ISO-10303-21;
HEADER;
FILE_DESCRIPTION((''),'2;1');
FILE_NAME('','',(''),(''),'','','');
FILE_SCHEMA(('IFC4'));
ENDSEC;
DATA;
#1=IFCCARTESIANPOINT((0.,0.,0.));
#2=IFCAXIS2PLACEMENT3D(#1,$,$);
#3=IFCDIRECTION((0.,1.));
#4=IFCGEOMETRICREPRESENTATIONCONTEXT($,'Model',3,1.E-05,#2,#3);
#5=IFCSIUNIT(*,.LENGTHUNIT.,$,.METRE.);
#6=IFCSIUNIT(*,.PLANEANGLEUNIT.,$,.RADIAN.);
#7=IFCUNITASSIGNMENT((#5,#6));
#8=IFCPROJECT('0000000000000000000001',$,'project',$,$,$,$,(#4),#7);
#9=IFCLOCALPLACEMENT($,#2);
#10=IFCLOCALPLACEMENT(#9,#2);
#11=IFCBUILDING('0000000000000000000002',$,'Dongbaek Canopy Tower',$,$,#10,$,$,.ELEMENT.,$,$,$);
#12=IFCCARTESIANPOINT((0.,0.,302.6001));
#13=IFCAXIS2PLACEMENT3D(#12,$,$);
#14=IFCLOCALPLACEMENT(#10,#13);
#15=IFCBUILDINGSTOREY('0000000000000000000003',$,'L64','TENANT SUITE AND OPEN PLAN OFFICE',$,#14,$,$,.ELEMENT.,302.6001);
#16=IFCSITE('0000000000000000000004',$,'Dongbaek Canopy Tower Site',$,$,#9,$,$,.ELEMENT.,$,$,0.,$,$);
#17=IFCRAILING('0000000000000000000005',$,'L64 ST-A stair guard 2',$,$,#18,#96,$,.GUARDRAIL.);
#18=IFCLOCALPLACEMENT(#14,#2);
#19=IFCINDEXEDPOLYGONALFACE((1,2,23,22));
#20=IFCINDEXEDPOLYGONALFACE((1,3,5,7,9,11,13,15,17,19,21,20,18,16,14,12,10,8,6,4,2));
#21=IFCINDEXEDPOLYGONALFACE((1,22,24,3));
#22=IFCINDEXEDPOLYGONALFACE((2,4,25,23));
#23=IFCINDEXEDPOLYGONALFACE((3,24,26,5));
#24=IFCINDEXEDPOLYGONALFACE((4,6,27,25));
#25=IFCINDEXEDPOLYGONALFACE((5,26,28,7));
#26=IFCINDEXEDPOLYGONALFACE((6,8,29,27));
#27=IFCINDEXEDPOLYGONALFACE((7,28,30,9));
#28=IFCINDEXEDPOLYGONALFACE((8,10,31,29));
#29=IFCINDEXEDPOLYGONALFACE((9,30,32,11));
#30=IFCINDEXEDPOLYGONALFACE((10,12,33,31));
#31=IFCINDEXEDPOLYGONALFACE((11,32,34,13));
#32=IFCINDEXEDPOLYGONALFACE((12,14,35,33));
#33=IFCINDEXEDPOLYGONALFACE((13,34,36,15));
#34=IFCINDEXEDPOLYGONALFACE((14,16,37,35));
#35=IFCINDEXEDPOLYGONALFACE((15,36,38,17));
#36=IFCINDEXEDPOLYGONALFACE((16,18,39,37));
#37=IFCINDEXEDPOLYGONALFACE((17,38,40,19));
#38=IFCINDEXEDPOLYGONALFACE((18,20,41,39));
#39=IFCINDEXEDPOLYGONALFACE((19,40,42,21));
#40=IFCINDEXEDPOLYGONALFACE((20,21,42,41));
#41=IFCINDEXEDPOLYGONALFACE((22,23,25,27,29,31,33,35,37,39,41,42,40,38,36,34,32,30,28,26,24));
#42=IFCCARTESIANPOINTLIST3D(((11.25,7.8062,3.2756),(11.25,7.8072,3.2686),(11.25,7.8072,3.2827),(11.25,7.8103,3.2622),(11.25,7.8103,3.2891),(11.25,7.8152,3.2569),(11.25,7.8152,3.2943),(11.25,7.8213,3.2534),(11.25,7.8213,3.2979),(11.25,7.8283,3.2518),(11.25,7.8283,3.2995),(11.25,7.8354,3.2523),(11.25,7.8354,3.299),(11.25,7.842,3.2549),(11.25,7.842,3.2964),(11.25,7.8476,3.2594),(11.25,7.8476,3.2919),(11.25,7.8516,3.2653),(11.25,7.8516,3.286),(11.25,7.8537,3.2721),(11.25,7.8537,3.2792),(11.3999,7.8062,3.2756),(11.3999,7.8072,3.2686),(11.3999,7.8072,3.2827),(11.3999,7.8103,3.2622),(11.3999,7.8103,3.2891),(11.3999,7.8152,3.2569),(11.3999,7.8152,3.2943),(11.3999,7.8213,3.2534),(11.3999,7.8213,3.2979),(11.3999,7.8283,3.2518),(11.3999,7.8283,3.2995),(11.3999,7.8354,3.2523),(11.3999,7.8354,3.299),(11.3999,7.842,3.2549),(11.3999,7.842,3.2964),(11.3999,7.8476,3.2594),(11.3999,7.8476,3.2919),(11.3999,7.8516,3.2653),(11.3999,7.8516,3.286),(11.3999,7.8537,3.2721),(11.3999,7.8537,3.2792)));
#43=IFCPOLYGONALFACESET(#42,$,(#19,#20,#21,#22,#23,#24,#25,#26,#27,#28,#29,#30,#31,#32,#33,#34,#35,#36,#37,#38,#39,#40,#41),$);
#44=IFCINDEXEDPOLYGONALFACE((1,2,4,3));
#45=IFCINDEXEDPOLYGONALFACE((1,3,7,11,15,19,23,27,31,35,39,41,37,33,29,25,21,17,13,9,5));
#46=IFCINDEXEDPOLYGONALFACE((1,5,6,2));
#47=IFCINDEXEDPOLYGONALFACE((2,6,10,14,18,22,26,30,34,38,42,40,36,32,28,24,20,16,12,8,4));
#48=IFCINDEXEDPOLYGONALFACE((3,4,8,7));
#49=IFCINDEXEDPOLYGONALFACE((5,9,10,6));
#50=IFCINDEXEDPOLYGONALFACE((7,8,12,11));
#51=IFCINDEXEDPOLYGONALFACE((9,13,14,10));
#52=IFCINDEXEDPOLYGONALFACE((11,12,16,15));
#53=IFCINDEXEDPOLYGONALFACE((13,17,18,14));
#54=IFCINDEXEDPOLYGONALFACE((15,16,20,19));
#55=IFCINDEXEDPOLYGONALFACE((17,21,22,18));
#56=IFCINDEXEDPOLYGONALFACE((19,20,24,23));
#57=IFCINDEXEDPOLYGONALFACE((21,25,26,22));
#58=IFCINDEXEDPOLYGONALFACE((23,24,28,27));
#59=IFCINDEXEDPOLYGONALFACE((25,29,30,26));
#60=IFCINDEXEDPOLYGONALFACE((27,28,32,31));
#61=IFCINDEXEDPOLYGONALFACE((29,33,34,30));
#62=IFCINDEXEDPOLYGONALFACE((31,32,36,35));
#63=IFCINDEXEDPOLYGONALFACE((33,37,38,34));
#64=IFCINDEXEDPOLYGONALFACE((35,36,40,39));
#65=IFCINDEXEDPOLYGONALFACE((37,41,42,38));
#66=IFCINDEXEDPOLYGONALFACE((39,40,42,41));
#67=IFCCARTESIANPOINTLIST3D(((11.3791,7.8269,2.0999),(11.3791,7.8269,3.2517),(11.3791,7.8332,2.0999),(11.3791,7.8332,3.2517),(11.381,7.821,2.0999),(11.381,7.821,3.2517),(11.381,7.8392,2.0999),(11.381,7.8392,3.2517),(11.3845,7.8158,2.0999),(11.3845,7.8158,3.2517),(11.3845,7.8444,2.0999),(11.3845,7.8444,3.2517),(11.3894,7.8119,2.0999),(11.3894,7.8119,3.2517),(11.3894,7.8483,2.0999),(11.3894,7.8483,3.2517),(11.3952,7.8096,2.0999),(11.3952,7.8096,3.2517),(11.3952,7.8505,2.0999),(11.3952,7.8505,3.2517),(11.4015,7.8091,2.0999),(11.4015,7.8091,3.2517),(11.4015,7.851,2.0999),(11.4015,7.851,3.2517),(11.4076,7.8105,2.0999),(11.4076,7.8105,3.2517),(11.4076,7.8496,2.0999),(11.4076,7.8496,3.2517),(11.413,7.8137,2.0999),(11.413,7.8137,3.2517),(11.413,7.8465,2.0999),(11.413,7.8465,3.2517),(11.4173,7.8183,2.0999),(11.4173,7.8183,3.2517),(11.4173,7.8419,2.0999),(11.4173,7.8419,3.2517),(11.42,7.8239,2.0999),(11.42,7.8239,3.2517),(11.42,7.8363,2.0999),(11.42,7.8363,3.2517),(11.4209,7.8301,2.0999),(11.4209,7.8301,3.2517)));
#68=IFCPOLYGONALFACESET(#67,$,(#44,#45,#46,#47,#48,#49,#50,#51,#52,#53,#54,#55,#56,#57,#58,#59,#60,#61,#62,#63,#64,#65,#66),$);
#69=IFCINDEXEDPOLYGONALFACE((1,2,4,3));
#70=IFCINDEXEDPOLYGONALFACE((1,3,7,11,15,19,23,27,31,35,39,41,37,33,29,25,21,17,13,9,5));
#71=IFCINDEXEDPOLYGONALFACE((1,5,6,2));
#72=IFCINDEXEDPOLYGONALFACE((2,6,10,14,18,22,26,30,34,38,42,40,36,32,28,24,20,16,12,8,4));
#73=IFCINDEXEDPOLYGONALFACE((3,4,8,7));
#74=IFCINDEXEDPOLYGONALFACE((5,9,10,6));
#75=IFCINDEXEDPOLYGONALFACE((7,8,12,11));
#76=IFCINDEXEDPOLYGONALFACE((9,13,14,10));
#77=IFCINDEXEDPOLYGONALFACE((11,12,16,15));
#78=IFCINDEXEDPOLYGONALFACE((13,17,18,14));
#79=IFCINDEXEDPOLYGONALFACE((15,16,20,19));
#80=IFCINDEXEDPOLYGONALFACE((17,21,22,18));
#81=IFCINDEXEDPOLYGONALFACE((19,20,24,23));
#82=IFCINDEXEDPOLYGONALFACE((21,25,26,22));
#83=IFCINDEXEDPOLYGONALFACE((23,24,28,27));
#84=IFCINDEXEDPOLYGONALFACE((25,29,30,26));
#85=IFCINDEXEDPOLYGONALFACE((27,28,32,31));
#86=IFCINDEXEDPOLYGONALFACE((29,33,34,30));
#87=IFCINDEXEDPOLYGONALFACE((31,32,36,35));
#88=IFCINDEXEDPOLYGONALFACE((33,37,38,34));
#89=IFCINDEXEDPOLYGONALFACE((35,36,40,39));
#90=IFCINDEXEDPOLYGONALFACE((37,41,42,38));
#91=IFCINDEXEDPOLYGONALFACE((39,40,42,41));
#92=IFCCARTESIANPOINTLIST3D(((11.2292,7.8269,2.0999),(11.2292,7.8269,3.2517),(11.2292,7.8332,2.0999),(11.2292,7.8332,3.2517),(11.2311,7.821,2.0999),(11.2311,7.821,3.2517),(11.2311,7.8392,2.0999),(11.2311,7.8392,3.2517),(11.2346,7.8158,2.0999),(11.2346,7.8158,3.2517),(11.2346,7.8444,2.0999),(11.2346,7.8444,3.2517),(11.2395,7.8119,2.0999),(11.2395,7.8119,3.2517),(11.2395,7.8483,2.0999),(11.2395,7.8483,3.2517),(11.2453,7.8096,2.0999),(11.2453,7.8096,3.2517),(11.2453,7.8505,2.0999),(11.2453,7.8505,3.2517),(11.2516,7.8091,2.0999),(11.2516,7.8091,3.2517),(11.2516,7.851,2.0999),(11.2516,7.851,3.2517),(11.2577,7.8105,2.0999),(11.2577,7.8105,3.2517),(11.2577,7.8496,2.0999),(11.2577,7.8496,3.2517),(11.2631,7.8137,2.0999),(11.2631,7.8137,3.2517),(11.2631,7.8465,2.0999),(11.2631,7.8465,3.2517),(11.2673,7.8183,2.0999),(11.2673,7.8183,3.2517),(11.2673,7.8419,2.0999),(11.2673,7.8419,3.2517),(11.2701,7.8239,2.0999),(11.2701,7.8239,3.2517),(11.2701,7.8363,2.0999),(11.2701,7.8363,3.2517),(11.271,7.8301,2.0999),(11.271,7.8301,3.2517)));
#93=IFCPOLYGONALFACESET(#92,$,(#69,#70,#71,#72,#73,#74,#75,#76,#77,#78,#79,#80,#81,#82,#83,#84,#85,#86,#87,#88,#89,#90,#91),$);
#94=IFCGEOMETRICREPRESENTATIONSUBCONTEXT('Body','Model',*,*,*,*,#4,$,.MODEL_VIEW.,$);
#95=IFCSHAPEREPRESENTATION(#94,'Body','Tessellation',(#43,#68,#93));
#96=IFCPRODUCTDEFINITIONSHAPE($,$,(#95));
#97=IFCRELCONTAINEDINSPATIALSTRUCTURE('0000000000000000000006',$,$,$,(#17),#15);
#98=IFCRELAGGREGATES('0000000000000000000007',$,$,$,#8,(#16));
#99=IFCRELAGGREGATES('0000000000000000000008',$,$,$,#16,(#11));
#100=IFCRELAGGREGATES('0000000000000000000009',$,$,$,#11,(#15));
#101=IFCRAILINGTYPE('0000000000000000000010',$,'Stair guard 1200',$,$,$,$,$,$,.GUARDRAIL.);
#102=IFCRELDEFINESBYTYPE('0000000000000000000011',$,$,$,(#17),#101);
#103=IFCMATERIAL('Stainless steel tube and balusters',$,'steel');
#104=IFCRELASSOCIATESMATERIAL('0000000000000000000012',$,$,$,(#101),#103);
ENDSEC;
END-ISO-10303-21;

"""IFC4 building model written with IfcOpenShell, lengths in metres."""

from ifc_helpers import new_model, si_unit, direction, frame, origin, origin_2d, place, context, subcontext, project, spatial, circle, extrude, material, type_object, element, save


model = new_model("IFC4")

# Units and contexts
model_context = context("Model", 3, precision=1e-05, world=origin(), true_north=direction((0.0, 1.0)))
body_context = subcontext(model_context, "Body", "Model", "MODEL_VIEW")
ifc_project = project(units=[si_unit("LENGTHUNIT", "METRE"), si_unit("PLANEANGLEUNIT", "RADIAN")], contexts=[model_context])

# Site, building, storey
site_placement = place(None, origin())
site = spatial("IfcSite", under=ifc_project, at=site_placement, Name="Dongbaek Canopy Tower Site", CompositionType="ELEMENT", RefElevation=0.0)
building_placement = place(site_placement, origin())
building = spatial("IfcBuilding", under=site, at=building_placement, Name="Dongbaek Canopy Tower", CompositionType="ELEMENT")
storey_placement = place(building_placement, frame((0.0, 0.0, 302.6001)))
storey = spatial("IfcBuildingStorey", under=building, at=storey_placement, Name="L64", Description="TENANT SUITE AND OPEN PLAN OFFICE", CompositionType="ELEMENT", Elevation=302.6001)

# Railing
ifc_material_1 = material(Name="Stainless steel tube and balusters", Category="steel")
railing_type_1 = type_object("IfcRailingType", Name="Stair guard 1200", PredefinedType="GUARDRAIL", material=ifc_material_1)
railing_1_placement = place(storey_placement, frame((11.3999, 7.8301, 2.0999)))
element("IfcRailing", 1, at=railing_1_placement, inside=storey, type_object=railing_type_1, Name="L64 ST-A stair guard 2", PredefinedType="GUARDRAIL", context=body_context, shape_type="SweptSolid", body=[
    extrude(circle(Radius=0.0239, at=origin_2d()), frame((0.0, 0.0, 1.1758), z_axis=(-1.0, 0.0, 0.0), x_axis=(0.0, -1.0, 0.0)), (0.0, 0.0, 1.0), 0.1499),
    extrude(circle(Radius=0.021, at=origin_2d()), origin(), (0.0, 0.0, 1.0), 1.1519),
    extrude(circle(Radius=0.021, at=origin_2d()), frame((-0.1499, 0.0, 0.0)), (0.0, 0.0, 1.0), 1.1519),
])

save(model, "model.ifc")
